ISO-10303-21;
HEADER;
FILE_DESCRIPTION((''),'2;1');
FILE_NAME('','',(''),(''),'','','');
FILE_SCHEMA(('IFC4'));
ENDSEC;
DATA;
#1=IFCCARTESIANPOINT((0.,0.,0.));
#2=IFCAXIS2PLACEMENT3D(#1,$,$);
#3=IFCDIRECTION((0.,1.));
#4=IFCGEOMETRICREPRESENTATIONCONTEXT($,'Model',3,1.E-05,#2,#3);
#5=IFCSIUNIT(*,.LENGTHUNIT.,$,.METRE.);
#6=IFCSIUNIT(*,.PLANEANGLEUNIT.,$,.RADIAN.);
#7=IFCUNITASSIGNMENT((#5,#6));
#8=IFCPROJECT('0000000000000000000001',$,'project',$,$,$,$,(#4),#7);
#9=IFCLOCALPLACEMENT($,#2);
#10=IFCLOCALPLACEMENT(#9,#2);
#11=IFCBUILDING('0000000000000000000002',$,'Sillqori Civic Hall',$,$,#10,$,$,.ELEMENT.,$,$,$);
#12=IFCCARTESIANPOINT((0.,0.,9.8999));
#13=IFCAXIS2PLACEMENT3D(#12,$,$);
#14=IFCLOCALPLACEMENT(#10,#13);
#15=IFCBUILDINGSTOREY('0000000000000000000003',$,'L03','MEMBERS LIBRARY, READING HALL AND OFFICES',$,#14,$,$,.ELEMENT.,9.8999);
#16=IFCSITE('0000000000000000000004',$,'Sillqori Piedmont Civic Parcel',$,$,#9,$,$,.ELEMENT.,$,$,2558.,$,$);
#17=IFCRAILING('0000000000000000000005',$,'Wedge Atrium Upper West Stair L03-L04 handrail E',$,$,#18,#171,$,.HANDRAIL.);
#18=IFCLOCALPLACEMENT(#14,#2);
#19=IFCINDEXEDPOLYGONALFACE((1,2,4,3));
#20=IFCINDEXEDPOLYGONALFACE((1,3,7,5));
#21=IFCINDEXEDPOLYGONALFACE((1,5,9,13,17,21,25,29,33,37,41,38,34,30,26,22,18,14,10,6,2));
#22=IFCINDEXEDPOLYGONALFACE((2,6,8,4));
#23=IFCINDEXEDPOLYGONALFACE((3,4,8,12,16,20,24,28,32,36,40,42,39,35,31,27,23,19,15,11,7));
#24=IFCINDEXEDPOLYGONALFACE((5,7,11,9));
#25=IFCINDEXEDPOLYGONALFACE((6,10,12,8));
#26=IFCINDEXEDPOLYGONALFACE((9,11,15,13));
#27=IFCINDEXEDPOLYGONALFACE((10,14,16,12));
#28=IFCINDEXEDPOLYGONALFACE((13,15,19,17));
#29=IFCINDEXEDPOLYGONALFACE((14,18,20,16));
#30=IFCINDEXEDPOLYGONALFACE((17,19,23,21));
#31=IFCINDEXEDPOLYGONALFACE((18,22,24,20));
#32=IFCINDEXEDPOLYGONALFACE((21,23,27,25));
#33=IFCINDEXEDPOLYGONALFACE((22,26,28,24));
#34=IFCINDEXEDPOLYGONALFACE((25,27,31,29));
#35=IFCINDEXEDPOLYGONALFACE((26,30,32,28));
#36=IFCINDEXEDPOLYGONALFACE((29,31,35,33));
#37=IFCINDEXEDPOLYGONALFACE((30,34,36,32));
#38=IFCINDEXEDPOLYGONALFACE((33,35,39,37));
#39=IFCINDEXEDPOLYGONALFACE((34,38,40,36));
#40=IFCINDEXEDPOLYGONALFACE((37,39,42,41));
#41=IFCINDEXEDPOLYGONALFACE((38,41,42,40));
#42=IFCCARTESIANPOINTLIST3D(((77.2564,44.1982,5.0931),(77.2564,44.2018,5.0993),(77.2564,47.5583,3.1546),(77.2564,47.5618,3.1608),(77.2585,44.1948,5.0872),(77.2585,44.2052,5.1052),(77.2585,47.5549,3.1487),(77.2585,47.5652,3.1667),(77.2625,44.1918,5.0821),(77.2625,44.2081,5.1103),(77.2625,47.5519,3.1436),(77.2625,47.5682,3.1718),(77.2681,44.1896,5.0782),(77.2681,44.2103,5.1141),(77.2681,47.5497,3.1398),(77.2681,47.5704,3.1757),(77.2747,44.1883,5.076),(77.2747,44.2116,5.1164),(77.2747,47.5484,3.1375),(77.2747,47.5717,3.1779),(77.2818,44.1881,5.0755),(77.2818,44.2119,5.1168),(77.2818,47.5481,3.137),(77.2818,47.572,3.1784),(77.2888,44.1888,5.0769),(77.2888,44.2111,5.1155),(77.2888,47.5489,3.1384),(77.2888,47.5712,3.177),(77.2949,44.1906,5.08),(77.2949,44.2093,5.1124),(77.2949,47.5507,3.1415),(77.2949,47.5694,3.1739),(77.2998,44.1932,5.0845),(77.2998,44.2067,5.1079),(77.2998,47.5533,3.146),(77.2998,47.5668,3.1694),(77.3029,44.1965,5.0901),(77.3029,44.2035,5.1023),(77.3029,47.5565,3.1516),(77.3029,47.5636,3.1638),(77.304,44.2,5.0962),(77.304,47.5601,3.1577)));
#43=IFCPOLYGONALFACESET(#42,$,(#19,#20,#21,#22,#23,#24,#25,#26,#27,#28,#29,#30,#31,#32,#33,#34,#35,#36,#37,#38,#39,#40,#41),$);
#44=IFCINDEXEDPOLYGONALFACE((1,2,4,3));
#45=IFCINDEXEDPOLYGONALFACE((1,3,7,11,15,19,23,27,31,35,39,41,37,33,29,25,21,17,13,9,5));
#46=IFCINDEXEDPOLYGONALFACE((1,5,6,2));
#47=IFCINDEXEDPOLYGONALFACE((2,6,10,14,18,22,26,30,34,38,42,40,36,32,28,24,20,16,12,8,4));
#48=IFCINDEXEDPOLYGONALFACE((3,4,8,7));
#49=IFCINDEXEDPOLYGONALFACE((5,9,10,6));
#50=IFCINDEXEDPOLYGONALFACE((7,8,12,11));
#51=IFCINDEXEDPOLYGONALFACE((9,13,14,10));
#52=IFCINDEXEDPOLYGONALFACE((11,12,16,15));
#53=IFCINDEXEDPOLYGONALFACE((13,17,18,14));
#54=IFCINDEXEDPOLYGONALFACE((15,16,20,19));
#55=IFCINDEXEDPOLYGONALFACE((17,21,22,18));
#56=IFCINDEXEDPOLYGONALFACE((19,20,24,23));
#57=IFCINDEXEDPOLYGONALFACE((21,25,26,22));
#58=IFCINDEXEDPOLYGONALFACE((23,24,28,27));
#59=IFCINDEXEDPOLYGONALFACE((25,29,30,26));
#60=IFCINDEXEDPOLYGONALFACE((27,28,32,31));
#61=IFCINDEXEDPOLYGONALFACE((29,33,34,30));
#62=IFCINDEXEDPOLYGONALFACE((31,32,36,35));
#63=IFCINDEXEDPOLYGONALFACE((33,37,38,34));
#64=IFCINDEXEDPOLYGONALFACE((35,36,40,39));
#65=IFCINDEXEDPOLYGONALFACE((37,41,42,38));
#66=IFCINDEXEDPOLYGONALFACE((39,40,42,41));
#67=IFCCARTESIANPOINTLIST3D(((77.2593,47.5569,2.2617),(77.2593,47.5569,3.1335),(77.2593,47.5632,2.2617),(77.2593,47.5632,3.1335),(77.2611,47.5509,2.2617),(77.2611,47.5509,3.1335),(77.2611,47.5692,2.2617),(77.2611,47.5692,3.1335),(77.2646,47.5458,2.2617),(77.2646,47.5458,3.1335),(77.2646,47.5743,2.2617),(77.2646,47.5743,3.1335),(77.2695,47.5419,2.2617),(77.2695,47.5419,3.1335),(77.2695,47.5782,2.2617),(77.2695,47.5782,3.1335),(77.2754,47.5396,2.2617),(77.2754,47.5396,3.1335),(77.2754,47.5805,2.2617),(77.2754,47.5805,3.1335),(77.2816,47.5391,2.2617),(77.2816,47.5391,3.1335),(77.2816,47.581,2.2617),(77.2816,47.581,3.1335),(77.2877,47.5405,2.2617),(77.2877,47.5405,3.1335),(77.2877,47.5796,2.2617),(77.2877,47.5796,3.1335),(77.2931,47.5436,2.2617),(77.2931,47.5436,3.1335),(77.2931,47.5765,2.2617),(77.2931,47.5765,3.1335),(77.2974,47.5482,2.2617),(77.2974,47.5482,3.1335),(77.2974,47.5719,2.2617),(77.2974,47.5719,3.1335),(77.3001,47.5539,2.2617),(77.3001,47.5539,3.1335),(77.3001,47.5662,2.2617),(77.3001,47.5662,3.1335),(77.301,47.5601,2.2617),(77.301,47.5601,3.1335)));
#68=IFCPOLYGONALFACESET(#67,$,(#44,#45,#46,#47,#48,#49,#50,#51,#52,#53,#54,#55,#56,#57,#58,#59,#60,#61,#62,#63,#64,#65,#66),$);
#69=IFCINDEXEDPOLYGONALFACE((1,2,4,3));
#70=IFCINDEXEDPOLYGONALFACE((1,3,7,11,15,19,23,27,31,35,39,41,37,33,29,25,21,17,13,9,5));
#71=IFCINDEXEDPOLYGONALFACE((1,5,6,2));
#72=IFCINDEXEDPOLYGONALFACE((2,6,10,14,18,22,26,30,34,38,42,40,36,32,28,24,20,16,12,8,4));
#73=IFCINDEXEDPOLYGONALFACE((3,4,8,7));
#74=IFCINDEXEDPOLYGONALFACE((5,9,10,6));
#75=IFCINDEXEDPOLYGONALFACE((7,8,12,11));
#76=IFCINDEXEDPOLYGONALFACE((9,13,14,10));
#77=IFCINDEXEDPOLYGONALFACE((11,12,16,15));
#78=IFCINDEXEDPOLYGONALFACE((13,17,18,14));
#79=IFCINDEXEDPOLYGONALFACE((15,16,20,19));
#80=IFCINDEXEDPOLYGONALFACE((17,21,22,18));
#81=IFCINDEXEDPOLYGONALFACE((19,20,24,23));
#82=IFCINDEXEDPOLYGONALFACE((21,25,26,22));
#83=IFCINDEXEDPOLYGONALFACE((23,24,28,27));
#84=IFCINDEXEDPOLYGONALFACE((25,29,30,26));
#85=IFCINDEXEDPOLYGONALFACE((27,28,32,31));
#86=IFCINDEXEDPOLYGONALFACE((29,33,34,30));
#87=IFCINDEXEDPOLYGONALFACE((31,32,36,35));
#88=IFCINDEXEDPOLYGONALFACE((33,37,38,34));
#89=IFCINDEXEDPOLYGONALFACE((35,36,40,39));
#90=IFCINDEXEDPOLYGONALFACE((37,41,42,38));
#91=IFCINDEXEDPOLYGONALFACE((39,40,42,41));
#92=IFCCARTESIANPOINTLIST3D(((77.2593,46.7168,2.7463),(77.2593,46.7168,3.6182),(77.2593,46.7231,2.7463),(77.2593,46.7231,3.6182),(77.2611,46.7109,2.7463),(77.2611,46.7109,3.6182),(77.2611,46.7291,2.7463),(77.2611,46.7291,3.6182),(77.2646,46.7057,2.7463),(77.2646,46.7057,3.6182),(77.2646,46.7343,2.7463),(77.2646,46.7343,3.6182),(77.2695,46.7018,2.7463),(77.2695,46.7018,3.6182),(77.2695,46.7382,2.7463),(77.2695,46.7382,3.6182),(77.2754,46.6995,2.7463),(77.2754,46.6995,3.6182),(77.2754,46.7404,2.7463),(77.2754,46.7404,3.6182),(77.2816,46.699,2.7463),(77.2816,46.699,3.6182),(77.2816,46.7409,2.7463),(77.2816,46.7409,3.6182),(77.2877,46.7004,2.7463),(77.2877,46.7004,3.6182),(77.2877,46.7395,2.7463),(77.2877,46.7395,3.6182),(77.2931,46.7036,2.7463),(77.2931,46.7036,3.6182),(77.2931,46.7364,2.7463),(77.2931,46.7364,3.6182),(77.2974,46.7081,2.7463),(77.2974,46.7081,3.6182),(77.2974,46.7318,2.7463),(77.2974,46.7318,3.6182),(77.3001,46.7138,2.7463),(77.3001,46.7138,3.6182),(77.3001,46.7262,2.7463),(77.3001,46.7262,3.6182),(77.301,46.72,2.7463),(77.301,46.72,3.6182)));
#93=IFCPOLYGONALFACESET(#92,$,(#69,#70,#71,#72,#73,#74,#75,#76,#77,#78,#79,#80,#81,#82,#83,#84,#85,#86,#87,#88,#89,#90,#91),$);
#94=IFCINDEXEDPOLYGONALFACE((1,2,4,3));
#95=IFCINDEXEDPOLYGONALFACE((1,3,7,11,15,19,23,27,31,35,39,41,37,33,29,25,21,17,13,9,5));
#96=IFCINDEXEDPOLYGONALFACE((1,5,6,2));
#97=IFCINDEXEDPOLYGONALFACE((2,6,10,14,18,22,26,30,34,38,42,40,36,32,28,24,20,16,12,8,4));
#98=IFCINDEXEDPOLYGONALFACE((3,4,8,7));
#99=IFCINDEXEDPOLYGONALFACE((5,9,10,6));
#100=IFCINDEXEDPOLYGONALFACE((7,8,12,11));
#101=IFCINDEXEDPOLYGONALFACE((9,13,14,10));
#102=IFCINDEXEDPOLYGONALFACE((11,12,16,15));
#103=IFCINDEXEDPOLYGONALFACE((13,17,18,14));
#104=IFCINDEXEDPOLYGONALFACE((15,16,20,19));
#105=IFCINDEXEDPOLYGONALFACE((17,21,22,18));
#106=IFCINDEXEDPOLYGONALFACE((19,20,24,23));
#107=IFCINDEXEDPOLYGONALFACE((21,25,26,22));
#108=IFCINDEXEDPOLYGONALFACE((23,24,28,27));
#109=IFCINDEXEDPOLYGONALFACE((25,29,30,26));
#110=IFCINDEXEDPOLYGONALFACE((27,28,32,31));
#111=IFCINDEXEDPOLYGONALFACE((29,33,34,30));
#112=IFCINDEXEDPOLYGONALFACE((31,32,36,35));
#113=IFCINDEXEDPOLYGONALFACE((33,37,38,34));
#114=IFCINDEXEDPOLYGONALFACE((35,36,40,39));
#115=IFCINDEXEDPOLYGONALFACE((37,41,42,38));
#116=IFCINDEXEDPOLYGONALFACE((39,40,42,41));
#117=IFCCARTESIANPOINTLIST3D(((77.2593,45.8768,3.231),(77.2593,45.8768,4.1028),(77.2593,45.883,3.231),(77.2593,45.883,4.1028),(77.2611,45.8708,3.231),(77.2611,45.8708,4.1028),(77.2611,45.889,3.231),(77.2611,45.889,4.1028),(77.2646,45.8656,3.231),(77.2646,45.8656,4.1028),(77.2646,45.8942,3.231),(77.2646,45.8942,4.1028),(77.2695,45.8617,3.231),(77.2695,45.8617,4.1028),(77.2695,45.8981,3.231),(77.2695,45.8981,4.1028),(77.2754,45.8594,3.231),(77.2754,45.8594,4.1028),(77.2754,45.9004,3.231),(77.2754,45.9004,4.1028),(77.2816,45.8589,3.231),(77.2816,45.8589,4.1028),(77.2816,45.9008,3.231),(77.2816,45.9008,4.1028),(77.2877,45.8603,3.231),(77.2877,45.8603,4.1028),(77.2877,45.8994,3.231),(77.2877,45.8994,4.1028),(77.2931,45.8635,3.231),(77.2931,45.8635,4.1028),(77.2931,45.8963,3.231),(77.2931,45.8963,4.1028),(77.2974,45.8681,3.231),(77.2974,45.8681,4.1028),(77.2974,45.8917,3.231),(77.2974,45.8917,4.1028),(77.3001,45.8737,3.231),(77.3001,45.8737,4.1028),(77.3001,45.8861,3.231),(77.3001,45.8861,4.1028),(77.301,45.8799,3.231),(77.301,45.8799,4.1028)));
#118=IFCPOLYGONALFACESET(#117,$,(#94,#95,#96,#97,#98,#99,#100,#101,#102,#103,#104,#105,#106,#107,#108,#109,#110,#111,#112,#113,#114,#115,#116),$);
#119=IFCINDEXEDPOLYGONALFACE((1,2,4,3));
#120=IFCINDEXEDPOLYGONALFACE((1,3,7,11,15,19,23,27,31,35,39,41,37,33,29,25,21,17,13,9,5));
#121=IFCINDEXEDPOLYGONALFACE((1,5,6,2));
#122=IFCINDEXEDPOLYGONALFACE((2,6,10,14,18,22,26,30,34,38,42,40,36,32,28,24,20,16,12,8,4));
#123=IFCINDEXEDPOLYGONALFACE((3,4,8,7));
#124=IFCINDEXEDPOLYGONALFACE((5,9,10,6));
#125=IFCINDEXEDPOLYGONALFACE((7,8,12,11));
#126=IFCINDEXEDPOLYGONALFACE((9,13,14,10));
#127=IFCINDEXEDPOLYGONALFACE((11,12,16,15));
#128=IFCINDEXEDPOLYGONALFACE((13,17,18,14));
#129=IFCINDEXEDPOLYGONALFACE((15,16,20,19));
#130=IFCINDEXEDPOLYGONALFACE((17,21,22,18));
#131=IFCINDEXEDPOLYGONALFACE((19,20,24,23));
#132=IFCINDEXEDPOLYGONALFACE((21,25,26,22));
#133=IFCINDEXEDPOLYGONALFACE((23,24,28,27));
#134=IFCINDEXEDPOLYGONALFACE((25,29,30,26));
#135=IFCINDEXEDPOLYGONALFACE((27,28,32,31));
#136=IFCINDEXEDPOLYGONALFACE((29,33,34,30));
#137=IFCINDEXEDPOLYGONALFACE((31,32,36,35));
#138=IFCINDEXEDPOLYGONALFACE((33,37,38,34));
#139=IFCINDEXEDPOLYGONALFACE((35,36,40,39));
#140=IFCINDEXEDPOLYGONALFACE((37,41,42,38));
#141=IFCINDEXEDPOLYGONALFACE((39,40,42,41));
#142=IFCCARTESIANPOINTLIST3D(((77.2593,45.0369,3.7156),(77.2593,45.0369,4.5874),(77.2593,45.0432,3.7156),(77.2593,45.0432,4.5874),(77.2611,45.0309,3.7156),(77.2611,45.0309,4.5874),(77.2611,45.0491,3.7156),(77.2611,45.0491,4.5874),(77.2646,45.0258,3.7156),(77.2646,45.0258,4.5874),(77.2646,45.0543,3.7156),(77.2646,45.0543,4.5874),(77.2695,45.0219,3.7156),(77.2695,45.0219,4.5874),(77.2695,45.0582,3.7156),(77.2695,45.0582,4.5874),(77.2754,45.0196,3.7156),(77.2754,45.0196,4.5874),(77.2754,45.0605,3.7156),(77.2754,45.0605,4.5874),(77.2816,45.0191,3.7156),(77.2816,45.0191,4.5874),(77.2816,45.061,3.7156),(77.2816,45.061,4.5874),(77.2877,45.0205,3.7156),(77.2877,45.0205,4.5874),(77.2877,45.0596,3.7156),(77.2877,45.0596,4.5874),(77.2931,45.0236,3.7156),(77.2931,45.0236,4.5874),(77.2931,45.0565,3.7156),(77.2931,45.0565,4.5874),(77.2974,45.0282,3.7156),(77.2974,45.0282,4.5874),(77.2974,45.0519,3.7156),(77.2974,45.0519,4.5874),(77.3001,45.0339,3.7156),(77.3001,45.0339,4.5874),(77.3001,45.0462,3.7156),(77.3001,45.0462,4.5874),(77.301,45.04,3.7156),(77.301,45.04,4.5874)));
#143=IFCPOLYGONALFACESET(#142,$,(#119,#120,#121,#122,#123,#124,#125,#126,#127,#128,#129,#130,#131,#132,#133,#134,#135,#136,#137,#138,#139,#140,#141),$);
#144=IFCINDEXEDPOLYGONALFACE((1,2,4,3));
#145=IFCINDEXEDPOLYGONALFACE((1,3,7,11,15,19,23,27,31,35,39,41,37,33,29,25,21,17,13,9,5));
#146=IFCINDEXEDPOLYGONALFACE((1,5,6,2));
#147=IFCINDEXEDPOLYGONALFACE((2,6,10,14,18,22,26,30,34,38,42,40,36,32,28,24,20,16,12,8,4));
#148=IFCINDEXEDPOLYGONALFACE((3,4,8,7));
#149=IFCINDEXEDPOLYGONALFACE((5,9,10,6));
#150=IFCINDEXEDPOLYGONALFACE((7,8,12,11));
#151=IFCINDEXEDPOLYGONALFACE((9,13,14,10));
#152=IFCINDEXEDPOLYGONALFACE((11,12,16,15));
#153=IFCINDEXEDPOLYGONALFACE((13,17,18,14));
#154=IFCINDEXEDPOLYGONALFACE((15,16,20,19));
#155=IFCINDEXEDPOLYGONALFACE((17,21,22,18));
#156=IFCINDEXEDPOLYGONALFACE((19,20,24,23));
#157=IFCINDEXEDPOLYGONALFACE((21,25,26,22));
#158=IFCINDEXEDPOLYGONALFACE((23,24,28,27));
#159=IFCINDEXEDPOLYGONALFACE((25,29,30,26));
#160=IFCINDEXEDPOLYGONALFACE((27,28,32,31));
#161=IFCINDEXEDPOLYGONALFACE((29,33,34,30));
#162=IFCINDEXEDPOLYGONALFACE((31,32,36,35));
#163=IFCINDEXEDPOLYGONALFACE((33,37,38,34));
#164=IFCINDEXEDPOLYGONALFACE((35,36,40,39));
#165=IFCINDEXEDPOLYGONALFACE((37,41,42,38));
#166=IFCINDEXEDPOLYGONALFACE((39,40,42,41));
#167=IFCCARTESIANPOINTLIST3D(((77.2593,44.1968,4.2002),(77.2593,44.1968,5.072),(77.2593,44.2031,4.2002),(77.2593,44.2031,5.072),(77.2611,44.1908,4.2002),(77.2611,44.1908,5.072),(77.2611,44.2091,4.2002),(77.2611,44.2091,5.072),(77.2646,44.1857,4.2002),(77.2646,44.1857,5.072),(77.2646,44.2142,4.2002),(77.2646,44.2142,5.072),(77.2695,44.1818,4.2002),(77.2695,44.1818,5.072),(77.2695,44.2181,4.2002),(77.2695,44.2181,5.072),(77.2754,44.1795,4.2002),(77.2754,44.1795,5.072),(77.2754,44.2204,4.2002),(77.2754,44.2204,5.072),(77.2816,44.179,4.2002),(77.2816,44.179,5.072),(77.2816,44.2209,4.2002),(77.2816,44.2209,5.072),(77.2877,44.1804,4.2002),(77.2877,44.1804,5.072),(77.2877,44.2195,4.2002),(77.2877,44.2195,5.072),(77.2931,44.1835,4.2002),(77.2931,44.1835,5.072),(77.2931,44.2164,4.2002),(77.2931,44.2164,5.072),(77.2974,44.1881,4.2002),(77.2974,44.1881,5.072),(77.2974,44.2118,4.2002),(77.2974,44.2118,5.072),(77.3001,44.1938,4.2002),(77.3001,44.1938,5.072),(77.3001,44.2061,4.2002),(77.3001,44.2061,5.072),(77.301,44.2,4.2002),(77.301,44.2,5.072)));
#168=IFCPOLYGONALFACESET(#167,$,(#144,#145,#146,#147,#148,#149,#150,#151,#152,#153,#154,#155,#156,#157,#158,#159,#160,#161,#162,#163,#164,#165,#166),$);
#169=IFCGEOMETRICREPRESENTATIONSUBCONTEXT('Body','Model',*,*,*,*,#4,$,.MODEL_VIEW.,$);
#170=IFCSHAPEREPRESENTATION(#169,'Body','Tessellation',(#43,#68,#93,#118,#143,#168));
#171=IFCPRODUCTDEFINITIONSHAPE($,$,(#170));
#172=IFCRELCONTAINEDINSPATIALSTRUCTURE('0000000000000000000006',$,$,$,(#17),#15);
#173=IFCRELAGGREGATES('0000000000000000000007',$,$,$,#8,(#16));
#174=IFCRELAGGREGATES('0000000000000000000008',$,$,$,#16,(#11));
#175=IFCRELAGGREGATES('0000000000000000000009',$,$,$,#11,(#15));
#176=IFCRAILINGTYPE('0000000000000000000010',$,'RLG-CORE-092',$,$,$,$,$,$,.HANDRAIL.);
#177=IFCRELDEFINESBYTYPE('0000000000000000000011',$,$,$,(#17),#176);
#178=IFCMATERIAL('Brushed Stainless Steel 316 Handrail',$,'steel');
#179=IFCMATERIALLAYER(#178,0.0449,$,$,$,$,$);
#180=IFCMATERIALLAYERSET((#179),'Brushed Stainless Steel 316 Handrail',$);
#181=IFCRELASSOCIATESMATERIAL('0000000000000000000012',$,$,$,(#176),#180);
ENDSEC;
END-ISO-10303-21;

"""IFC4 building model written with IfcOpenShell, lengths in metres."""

from ifc_helpers import new_model, si_unit, direction, frame, origin, origin_2d, place, context, subcontext, project, spatial, circle, extrude, material, layer, layer_set, type_object, element, save


model = new_model("IFC4")

# Units and contexts
model_context = context("Model", 3, precision=1e-05, world=origin(), true_north=direction((0.0, 1.0)))
body_context = subcontext(model_context, "Body", "Model", "MODEL_VIEW")
ifc_project = project(units=[si_unit("LENGTHUNIT", "METRE"), si_unit("PLANEANGLEUNIT", "RADIAN")], contexts=[model_context])

# Site, building, storey
site_placement = place(None, origin())
site = spatial("IfcSite", under=ifc_project, at=site_placement, Name="Sillqori Piedmont Civic Parcel", CompositionType="ELEMENT", RefElevation=2558.0)
building_placement = place(site_placement, origin())
building = spatial("IfcBuilding", under=site, at=building_placement, Name="Sillqori Civic Hall", CompositionType="ELEMENT")
storey_placement = place(building_placement, frame((0.0, 0.0, 9.8999)))
storey = spatial("IfcBuildingStorey", under=building, at=storey_placement, Name="L03", Description="MEMBERS LIBRARY, READING HALL AND OFFICES", CompositionType="ELEMENT", Elevation=9.8999)

# Railing
ifc_material_1 = material(Name="Brushed Stainless Steel 316 Handrail", Category="steel")
ifc_layer_1 = layer(ifc_material_1, 0.0449)
ifc_layer_set_1 = layer_set([ifc_layer_1], Name="Brushed Stainless Steel 316 Handrail")
railing_type_1 = type_object("IfcRailingType", Name="RLG-CORE-092", PredefinedType="HANDRAIL", material=ifc_layer_set_1)
railing_1_placement = place(storey_placement, frame((77.28, 47.5601, 2.2617)))
element("IfcRailing", 1, at=railing_1_placement, inside=storey, type_object=railing_type_1, Name="Wedge Atrium Upper West Stair L03-L04 handrail E", PredefinedType="HANDRAIL", context=body_context, shape_type="SweptSolid", body=[
    extrude(circle(Radius=0.0239, at=origin_2d()), frame((0.0, 0.0, 0.896), z_axis=(0.0, -0.866191, 0.499713), x_axis=(1.0, 0.0, 0.0)), (0.0, 0.0, 1.0), 3.8792),
    extrude(circle(Radius=0.021, at=origin_2d()), origin(), (0.0, 0.0, 1.0), 0.8718),
    extrude(circle(Radius=0.021, at=origin_2d()), frame((0.0, -0.8401, 0.4846)), (0.0, 0.0, 1.0), 0.8718),
    extrude(circle(Radius=0.021, at=origin_2d()), frame((0.0, -1.6802, 0.9692)), (0.0, 0.0, 1.0), 0.8718),
    extrude(circle(Radius=0.021, at=origin_2d()), frame((0.0, -2.52, 1.4539)), (0.0, 0.0, 1.0), 0.8718),
    extrude(circle(Radius=0.021, at=origin_2d()), frame((0.0, -3.3601, 1.9385)), (0.0, 0.0, 1.0), 0.8718),
])

save(model, "model.ifc")
